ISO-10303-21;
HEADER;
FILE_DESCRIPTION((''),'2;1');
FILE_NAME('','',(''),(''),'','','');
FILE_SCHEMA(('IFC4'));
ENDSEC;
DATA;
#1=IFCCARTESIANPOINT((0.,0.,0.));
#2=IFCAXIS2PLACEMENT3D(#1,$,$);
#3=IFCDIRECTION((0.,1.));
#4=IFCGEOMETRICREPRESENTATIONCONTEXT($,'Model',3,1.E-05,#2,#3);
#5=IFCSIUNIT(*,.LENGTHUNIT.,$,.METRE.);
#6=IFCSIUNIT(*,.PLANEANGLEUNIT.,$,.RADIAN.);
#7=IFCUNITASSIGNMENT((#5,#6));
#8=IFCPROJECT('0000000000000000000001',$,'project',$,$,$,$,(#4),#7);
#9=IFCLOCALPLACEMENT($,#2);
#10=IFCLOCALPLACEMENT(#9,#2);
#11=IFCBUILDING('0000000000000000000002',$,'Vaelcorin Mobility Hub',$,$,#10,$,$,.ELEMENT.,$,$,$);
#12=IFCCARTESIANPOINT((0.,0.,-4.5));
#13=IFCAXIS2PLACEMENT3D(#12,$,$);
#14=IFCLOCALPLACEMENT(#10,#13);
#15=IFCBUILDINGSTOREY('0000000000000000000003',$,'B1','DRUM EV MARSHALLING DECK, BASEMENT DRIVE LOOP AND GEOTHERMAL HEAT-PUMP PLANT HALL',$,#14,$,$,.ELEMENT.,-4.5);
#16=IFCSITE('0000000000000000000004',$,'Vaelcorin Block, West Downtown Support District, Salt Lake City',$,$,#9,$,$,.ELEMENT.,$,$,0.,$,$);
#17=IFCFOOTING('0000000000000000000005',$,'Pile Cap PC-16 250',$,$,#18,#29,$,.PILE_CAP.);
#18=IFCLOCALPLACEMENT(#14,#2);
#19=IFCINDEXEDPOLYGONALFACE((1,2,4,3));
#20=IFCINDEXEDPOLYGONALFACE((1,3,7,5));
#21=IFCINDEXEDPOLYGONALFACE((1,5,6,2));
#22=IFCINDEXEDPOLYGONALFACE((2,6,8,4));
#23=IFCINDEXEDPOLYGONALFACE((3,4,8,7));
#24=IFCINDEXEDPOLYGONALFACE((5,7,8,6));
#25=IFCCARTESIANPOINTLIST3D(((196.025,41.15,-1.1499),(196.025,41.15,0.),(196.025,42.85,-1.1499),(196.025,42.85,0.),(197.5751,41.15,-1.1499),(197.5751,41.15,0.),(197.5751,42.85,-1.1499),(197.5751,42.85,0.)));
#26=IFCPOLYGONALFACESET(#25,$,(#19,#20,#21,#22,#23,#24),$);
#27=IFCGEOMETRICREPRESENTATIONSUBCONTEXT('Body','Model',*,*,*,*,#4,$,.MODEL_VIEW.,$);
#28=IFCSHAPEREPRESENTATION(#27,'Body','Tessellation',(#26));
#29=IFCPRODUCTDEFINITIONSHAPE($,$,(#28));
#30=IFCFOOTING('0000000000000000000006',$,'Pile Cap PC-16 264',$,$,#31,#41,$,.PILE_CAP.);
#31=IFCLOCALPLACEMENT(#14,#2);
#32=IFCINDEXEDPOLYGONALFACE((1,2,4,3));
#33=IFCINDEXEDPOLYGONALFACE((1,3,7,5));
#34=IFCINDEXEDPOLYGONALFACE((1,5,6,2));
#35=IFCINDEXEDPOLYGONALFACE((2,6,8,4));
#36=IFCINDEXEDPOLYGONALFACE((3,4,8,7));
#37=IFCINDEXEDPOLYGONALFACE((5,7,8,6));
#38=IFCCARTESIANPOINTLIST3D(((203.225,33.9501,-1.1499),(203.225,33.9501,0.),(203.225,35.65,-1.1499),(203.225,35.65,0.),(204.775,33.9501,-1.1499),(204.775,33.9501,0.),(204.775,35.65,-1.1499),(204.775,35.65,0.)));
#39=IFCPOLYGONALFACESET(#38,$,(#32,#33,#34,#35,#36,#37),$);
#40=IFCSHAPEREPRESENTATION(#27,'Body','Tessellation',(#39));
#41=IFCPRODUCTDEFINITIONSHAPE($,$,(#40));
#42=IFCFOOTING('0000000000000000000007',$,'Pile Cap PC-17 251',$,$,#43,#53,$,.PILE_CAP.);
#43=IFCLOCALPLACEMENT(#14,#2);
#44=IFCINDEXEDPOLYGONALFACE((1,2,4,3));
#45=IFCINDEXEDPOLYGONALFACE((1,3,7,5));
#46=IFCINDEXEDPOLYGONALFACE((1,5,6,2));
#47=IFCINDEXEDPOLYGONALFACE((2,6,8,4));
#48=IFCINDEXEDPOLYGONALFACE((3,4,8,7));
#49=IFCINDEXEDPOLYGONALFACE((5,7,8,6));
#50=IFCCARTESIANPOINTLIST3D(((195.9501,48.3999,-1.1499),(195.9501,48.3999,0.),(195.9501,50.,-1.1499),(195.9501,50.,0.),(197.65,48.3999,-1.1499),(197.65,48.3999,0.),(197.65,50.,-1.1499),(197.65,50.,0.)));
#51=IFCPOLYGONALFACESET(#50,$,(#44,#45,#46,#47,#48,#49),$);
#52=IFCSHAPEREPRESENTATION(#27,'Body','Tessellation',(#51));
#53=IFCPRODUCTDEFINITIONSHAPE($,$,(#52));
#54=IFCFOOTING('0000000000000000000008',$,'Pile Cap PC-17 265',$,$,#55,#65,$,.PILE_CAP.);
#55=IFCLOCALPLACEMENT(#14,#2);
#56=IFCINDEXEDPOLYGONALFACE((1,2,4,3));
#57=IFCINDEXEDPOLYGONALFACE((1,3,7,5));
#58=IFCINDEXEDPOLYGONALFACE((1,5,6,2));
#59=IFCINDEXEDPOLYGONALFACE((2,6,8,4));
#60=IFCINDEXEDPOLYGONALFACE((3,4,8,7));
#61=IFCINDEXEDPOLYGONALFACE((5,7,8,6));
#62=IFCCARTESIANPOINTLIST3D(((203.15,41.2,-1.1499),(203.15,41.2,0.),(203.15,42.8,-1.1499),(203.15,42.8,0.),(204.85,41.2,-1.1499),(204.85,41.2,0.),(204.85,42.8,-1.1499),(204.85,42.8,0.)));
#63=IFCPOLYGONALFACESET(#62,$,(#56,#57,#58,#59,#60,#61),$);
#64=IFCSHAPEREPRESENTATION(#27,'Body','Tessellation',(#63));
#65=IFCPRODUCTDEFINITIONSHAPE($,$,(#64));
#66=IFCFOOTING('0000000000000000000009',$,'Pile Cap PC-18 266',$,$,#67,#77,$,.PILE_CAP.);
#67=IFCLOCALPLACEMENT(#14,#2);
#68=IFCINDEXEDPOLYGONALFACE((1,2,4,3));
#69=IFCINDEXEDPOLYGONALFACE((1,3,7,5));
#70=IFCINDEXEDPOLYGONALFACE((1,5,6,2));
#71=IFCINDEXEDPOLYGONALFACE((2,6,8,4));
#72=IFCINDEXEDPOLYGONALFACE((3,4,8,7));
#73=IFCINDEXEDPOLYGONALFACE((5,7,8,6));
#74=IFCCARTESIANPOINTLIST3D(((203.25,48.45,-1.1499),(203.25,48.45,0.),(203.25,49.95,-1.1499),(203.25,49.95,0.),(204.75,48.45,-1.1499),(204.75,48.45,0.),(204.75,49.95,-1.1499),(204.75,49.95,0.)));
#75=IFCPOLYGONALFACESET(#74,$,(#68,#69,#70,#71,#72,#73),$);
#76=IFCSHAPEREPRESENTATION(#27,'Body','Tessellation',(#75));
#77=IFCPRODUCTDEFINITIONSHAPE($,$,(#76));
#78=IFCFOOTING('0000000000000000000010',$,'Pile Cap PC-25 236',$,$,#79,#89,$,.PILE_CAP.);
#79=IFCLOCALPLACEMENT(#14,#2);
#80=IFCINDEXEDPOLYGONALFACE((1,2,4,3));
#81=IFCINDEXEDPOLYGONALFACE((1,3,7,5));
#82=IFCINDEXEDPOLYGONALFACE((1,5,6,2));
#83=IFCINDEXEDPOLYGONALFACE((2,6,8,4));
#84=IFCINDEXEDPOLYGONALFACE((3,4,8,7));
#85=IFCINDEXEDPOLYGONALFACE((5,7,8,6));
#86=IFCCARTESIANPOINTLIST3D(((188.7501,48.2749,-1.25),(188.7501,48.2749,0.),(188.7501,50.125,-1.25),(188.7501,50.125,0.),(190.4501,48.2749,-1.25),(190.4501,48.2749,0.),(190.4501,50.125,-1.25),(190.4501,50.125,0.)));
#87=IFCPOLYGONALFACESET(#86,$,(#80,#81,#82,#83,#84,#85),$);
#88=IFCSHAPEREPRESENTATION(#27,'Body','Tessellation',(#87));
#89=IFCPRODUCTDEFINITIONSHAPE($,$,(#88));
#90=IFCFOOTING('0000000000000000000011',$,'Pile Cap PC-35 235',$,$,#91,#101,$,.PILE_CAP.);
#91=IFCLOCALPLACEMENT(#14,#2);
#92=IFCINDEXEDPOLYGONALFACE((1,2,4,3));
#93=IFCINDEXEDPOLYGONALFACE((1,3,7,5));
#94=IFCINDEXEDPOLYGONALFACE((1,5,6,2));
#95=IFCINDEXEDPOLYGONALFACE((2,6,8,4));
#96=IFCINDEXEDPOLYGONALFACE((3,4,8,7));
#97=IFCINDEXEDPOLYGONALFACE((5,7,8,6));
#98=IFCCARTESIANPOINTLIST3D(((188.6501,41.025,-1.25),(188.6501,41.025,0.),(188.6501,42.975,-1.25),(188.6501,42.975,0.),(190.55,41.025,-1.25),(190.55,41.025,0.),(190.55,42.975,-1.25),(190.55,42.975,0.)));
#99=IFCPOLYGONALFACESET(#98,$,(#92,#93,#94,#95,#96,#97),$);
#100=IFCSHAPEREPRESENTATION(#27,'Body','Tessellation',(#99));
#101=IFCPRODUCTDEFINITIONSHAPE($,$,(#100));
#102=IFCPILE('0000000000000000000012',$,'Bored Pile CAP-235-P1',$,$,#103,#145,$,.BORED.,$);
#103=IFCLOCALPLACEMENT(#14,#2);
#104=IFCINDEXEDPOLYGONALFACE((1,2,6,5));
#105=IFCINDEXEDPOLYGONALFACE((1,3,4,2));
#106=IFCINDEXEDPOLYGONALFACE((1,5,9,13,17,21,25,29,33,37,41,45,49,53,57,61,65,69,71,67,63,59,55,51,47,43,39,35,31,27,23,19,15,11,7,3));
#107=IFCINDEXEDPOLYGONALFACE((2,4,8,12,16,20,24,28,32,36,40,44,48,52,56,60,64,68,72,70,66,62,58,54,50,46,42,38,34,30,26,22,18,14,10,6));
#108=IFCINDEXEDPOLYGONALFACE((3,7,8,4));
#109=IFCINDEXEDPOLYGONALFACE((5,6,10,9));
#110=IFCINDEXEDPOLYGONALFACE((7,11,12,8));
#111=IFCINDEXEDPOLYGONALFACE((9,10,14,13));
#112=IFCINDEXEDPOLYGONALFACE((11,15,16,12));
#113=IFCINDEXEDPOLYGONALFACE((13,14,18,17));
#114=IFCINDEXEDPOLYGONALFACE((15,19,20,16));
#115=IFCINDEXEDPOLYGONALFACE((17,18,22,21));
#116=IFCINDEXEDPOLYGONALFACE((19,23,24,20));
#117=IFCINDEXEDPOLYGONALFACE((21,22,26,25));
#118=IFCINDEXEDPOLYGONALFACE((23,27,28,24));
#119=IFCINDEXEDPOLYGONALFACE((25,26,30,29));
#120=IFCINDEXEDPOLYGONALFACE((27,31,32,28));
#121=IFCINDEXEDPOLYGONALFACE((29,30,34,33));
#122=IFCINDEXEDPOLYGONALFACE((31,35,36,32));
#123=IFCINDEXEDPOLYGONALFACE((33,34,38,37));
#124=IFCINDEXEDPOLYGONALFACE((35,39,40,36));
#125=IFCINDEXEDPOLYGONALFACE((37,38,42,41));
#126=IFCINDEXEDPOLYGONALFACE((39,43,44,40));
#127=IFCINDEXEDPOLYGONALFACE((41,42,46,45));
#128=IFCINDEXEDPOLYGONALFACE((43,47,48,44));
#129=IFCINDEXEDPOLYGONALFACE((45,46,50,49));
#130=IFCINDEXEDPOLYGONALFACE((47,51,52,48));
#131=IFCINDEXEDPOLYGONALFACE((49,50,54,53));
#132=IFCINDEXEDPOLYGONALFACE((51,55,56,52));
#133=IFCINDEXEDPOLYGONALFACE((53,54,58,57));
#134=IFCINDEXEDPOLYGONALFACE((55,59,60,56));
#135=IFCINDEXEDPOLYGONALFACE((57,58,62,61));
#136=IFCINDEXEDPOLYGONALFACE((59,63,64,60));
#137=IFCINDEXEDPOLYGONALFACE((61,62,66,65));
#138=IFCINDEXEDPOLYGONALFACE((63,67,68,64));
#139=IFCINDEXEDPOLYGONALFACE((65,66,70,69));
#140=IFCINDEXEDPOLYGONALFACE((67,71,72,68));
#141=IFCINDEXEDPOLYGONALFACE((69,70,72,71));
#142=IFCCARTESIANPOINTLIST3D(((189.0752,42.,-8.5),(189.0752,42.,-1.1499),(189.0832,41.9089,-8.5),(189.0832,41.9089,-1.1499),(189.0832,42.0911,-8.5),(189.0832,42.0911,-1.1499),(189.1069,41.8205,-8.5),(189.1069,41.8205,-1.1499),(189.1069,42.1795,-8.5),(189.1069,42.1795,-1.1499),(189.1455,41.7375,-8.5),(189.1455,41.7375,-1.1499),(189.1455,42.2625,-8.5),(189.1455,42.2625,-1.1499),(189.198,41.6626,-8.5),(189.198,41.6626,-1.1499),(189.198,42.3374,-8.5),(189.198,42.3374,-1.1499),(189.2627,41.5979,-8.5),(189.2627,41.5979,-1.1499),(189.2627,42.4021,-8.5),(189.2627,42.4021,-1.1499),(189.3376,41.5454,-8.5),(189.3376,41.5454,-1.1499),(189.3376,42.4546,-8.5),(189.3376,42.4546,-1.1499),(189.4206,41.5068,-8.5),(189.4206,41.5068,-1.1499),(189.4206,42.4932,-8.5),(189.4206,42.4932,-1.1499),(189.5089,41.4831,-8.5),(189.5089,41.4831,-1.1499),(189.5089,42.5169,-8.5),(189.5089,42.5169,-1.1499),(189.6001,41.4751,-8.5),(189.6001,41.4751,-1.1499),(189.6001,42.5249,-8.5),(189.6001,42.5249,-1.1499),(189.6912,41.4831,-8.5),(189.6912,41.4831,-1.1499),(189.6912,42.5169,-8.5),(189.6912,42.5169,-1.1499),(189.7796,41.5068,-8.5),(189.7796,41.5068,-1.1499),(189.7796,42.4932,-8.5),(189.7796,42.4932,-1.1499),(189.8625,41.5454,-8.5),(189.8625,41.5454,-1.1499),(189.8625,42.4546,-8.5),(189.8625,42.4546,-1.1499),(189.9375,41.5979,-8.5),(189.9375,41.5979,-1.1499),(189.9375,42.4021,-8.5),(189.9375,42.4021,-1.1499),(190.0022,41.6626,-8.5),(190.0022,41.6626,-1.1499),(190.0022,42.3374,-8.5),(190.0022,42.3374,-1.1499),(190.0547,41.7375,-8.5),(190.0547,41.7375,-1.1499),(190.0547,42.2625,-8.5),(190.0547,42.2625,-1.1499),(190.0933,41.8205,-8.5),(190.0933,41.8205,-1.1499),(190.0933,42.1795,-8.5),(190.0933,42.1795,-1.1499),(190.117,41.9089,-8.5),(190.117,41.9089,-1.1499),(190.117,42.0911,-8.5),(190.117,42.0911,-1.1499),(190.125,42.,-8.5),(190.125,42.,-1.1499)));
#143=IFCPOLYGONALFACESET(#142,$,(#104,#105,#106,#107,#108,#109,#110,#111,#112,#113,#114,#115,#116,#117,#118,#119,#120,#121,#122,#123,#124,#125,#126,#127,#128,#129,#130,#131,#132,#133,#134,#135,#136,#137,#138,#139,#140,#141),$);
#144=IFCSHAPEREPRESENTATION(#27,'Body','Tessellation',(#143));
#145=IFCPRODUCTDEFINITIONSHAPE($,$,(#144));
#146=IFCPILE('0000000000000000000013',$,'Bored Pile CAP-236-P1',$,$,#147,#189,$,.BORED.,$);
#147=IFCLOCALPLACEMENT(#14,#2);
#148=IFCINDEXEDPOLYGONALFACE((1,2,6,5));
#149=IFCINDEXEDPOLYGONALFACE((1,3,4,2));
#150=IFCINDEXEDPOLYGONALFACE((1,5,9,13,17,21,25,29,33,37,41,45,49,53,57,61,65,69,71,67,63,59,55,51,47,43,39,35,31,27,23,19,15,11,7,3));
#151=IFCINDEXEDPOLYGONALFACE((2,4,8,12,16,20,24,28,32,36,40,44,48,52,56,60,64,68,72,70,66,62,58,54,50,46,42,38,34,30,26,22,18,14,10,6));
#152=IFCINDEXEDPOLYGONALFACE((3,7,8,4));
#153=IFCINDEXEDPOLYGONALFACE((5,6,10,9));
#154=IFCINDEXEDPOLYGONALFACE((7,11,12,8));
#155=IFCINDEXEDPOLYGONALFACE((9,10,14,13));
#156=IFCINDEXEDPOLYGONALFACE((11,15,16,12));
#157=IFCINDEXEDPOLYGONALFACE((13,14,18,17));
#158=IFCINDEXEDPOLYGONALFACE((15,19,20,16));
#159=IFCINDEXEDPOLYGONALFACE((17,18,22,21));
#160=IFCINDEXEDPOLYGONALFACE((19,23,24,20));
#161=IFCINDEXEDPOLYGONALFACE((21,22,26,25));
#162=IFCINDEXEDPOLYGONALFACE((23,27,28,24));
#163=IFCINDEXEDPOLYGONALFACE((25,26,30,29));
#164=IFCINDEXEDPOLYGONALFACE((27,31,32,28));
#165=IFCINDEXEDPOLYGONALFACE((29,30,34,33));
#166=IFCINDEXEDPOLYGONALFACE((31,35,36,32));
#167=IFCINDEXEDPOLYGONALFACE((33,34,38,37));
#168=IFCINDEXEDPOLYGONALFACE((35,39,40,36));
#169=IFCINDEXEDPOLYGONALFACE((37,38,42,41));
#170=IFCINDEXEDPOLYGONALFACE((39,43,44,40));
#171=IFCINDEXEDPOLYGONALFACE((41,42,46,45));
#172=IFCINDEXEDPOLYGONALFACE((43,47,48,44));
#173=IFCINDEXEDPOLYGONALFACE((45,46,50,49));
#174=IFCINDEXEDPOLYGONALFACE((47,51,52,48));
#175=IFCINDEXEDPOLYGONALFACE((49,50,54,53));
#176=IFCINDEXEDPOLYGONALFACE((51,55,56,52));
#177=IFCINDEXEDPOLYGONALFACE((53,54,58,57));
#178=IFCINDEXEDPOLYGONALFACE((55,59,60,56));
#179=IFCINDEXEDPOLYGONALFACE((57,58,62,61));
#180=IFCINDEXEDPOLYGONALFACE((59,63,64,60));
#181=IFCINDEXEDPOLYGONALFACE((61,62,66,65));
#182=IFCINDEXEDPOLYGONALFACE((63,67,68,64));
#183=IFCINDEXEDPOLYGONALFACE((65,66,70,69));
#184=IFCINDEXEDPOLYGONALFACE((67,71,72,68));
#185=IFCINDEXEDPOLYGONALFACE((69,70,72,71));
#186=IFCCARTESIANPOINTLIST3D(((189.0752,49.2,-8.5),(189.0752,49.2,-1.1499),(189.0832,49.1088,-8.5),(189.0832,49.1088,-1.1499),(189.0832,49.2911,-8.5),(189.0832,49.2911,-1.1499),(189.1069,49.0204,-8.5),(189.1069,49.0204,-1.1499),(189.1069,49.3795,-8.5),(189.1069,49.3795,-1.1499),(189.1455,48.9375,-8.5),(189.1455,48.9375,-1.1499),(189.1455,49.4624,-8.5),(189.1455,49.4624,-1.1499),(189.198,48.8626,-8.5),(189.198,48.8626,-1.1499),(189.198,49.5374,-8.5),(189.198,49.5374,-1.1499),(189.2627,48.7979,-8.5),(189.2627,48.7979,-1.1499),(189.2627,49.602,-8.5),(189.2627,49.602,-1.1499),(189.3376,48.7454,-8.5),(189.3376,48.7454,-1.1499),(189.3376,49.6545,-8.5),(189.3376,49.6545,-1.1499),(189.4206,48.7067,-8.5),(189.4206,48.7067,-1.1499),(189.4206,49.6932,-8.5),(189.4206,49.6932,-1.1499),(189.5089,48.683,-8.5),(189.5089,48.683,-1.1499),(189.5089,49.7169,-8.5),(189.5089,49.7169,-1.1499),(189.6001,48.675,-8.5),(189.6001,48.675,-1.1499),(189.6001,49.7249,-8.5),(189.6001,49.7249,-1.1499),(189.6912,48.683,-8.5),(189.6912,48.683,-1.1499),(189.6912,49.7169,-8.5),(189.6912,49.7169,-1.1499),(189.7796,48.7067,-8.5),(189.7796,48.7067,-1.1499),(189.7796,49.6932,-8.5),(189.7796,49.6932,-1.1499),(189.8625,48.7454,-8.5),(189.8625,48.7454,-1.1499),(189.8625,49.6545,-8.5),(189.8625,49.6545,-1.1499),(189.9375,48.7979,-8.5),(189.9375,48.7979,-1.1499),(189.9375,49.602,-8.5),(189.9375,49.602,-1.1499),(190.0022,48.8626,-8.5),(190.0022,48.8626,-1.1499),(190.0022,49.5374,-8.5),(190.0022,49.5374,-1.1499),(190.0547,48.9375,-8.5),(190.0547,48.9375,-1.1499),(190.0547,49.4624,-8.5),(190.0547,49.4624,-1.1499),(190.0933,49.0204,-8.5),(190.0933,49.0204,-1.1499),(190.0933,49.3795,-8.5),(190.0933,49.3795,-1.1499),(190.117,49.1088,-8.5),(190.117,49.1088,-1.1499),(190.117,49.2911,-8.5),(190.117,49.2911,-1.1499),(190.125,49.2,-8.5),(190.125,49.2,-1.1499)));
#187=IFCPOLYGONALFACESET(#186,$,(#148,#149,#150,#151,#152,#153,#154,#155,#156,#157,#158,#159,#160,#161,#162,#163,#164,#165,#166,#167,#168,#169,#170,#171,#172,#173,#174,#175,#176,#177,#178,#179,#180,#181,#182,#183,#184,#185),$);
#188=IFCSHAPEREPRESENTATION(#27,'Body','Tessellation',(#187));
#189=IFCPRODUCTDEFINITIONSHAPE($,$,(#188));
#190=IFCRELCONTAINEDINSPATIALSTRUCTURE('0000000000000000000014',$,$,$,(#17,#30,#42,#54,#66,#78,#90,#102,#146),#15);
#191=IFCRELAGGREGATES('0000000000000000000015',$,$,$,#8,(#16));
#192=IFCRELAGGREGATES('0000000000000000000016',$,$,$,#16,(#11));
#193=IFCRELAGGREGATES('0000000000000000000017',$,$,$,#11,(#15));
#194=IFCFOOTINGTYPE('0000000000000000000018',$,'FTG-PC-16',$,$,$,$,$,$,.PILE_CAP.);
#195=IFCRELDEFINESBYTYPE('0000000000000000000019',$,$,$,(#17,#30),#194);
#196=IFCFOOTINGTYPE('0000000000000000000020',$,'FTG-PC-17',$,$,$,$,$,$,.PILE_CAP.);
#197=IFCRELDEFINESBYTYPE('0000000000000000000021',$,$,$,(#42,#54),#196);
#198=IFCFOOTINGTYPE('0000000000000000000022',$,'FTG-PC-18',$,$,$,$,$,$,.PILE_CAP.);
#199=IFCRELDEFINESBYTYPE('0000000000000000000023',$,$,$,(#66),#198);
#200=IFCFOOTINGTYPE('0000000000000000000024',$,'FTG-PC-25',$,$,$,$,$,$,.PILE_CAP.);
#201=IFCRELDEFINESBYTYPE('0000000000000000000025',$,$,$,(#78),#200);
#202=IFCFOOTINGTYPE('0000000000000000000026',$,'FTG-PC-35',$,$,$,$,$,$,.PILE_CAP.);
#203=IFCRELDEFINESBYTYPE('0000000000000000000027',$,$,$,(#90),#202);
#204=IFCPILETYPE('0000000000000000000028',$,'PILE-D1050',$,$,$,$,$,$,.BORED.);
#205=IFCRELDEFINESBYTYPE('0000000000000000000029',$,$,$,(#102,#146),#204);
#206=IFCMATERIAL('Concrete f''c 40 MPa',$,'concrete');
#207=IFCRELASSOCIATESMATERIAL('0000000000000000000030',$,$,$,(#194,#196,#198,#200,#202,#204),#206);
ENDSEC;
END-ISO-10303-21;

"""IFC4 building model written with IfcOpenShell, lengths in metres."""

from ifc_helpers import new_model, si_unit, direction, frame, origin, origin_2d, place, context, subcontext, project, spatial, rectangle, circle, extrude, material, material_profile, profile_set, type_object, element, save


model = new_model("IFC4")

# Units and contexts
model_context = context("Model", 3, precision=1e-05, world=origin(), true_north=direction((0.0, 1.0)))
body_context = subcontext(model_context, "Body", "Model", "MODEL_VIEW")
ifc_project = project(units=[si_unit("LENGTHUNIT", "METRE"), si_unit("PLANEANGLEUNIT", "RADIAN")], contexts=[model_context])

# Site, building, storey
site_placement = place(None, origin())
site = spatial("IfcSite", under=ifc_project, at=site_placement, Name="Vaelcorin Block, West Downtown Support District, Salt Lake City", CompositionType="ELEMENT", RefElevation=0.0)
building_placement = place(site_placement, origin())
building = spatial("IfcBuilding", under=site, at=building_placement, Name="Vaelcorin Mobility Hub", CompositionType="ELEMENT")
storey_placement = place(building_placement, frame((0.0, 0.0, -4.5)))
storey = spatial("IfcBuildingStorey", under=building, at=storey_placement, Name="B1", Description="DRUM EV MARSHALLING DECK, BASEMENT DRIVE LOOP AND GEOTHERMAL HEAT-PUMP PLANT HALL", CompositionType="ELEMENT", Elevation=-4.5)

# Footings
ifc_material_1 = material(Name="Concrete f'c 40 MPa", Category="concrete")
footing_type_1 = type_object("IfcFootingType", Name="FTG-PC-16", PredefinedType="PILE_CAP", material=ifc_material_1)
for number, where, z_axis, x_axis, name in (
    (1, (196.8, 42.0, -1.1499), (0.0, 0.0, 1.0), (1.0, 0.0, 0.0), "Pile Cap PC-16 250"),
    (2, (204.0, 34.8, -1.1499), (0.0, 0.0, 1.0), (1.0, 0.0, 0.0), "Pile Cap PC-16 264"),
):
    element("IfcFooting", number, at=place(storey_placement, frame(where, z_axis=z_axis, x_axis=x_axis)), inside=storey, type_object=footing_type_1, Name=name, PredefinedType="PILE_CAP", context=body_context, shape_type="SweptSolid", body=[
        extrude(rectangle(XDim=1.55, YDim=1.7, at=origin_2d()), origin(), (0.0, 0.0, 1.0), 1.1499),
    ])
footing_type_2 = type_object("IfcFootingType", Name="FTG-PC-17", PredefinedType="PILE_CAP", material=ifc_material_1)
for number, where, z_axis, x_axis, name in (
    (3, (196.8, 49.2, -1.1499), (0.0, 0.0, 1.0), (1.0, 0.0, 0.0), "Pile Cap PC-17 251"),
    (4, (204.0, 42.0, -1.1499), (0.0, 0.0, 1.0), (1.0, 0.0, 0.0), "Pile Cap PC-17 265"),
):
    element("IfcFooting", number, at=place(storey_placement, frame(where, z_axis=z_axis, x_axis=x_axis)), inside=storey, type_object=footing_type_2, Name=name, PredefinedType="PILE_CAP", context=body_context, shape_type="SweptSolid", body=[
        extrude(rectangle(XDim=1.7, YDim=1.6001, at=origin_2d()), origin(), (0.0, 0.0, 1.0), 1.1499),
    ])
footing_type_3 = type_object("IfcFootingType", Name="FTG-PC-18", PredefinedType="PILE_CAP", material=ifc_material_1)
footing_1_placement = place(storey_placement, frame((204.0, 49.2, -1.1499), z_axis=(0.0, 0.0, 1.0), x_axis=(1.0, 0.0, 0.0)))
element("IfcFooting", 5, at=footing_1_placement, inside=storey, type_object=footing_type_3, Name="Pile Cap PC-18 266", PredefinedType="PILE_CAP", context=body_context, shape_type="SweptSolid", body=[
    extrude(rectangle(XDim=1.5, YDim=1.5, at=origin_2d()), origin(), (0.0, 0.0, 1.0), 1.1499),
])
footing_type_4 = type_object("IfcFootingType", Name="FTG-PC-25", PredefinedType="PILE_CAP", material=ifc_material_1)
footing_2_placement = place(storey_placement, frame((189.6001, 49.2, -1.25), z_axis=(0.0, 0.0, 1.0), x_axis=(1.0, 0.0, 0.0)))
element("IfcFooting", 6, at=footing_2_placement, inside=storey, type_object=footing_type_4, Name="Pile Cap PC-25 236", PredefinedType="PILE_CAP", context=body_context, shape_type="SweptSolid", body=[
    extrude(rectangle(XDim=1.7, YDim=1.8501, at=origin_2d()), origin(), (0.0, 0.0, 1.0), 1.25),
])
footing_type_5 = type_object("IfcFootingType", Name="FTG-PC-35", PredefinedType="PILE_CAP", material=ifc_material_1)
footing_3_placement = place(storey_placement, frame((189.6001, 42.0, -1.25), z_axis=(0.0, 0.0, 1.0), x_axis=(1.0, 0.0, 0.0)))
element("IfcFooting", 7, at=footing_3_placement, inside=storey, type_object=footing_type_5, Name="Pile Cap PC-35 235", PredefinedType="PILE_CAP", context=body_context, shape_type="SweptSolid", body=[
    extrude(rectangle(XDim=1.8999, YDim=1.95, at=origin_2d()), origin(), (0.0, 0.0, 1.0), 1.25),
])

# Piles
ifc_material_profile_1 = material_profile(ifc_material_1, circle(Radius=0.5249, at=origin_2d()), Name="BP-D1050")
ifc_profile_set_1 = profile_set([ifc_material_profile_1], Name="Concrete f'c 40 MPa")
pile_type_1 = type_object("IfcPileType", Name="PILE-D1050", PredefinedType="BORED", material=ifc_profile_set_1)
for number, where, z_axis, x_axis, name in (
    (8, (189.6001, 42.0, -1.1499), (0.0, 0.0, -1.0), (1.0, 0.0, 0.0), "Bored Pile CAP-235-P1"),
    (9, (189.6001, 49.2, -1.1499), (0.0, 0.0, -1.0), (1.0, 0.0, 0.0), "Bored Pile CAP-236-P1"),
):
    element("IfcPile", number, at=place(storey_placement, frame(where, z_axis=z_axis, x_axis=x_axis)), inside=storey, type_object=pile_type_1, Name=name, PredefinedType="BORED", context=body_context, shape_type="SweptSolid", body=[
        extrude(circle(Radius=0.5249, at=origin_2d()), origin(), (0.0, 0.0, 1.0), 7.3501),
    ])

save(model, "model.ifc")
